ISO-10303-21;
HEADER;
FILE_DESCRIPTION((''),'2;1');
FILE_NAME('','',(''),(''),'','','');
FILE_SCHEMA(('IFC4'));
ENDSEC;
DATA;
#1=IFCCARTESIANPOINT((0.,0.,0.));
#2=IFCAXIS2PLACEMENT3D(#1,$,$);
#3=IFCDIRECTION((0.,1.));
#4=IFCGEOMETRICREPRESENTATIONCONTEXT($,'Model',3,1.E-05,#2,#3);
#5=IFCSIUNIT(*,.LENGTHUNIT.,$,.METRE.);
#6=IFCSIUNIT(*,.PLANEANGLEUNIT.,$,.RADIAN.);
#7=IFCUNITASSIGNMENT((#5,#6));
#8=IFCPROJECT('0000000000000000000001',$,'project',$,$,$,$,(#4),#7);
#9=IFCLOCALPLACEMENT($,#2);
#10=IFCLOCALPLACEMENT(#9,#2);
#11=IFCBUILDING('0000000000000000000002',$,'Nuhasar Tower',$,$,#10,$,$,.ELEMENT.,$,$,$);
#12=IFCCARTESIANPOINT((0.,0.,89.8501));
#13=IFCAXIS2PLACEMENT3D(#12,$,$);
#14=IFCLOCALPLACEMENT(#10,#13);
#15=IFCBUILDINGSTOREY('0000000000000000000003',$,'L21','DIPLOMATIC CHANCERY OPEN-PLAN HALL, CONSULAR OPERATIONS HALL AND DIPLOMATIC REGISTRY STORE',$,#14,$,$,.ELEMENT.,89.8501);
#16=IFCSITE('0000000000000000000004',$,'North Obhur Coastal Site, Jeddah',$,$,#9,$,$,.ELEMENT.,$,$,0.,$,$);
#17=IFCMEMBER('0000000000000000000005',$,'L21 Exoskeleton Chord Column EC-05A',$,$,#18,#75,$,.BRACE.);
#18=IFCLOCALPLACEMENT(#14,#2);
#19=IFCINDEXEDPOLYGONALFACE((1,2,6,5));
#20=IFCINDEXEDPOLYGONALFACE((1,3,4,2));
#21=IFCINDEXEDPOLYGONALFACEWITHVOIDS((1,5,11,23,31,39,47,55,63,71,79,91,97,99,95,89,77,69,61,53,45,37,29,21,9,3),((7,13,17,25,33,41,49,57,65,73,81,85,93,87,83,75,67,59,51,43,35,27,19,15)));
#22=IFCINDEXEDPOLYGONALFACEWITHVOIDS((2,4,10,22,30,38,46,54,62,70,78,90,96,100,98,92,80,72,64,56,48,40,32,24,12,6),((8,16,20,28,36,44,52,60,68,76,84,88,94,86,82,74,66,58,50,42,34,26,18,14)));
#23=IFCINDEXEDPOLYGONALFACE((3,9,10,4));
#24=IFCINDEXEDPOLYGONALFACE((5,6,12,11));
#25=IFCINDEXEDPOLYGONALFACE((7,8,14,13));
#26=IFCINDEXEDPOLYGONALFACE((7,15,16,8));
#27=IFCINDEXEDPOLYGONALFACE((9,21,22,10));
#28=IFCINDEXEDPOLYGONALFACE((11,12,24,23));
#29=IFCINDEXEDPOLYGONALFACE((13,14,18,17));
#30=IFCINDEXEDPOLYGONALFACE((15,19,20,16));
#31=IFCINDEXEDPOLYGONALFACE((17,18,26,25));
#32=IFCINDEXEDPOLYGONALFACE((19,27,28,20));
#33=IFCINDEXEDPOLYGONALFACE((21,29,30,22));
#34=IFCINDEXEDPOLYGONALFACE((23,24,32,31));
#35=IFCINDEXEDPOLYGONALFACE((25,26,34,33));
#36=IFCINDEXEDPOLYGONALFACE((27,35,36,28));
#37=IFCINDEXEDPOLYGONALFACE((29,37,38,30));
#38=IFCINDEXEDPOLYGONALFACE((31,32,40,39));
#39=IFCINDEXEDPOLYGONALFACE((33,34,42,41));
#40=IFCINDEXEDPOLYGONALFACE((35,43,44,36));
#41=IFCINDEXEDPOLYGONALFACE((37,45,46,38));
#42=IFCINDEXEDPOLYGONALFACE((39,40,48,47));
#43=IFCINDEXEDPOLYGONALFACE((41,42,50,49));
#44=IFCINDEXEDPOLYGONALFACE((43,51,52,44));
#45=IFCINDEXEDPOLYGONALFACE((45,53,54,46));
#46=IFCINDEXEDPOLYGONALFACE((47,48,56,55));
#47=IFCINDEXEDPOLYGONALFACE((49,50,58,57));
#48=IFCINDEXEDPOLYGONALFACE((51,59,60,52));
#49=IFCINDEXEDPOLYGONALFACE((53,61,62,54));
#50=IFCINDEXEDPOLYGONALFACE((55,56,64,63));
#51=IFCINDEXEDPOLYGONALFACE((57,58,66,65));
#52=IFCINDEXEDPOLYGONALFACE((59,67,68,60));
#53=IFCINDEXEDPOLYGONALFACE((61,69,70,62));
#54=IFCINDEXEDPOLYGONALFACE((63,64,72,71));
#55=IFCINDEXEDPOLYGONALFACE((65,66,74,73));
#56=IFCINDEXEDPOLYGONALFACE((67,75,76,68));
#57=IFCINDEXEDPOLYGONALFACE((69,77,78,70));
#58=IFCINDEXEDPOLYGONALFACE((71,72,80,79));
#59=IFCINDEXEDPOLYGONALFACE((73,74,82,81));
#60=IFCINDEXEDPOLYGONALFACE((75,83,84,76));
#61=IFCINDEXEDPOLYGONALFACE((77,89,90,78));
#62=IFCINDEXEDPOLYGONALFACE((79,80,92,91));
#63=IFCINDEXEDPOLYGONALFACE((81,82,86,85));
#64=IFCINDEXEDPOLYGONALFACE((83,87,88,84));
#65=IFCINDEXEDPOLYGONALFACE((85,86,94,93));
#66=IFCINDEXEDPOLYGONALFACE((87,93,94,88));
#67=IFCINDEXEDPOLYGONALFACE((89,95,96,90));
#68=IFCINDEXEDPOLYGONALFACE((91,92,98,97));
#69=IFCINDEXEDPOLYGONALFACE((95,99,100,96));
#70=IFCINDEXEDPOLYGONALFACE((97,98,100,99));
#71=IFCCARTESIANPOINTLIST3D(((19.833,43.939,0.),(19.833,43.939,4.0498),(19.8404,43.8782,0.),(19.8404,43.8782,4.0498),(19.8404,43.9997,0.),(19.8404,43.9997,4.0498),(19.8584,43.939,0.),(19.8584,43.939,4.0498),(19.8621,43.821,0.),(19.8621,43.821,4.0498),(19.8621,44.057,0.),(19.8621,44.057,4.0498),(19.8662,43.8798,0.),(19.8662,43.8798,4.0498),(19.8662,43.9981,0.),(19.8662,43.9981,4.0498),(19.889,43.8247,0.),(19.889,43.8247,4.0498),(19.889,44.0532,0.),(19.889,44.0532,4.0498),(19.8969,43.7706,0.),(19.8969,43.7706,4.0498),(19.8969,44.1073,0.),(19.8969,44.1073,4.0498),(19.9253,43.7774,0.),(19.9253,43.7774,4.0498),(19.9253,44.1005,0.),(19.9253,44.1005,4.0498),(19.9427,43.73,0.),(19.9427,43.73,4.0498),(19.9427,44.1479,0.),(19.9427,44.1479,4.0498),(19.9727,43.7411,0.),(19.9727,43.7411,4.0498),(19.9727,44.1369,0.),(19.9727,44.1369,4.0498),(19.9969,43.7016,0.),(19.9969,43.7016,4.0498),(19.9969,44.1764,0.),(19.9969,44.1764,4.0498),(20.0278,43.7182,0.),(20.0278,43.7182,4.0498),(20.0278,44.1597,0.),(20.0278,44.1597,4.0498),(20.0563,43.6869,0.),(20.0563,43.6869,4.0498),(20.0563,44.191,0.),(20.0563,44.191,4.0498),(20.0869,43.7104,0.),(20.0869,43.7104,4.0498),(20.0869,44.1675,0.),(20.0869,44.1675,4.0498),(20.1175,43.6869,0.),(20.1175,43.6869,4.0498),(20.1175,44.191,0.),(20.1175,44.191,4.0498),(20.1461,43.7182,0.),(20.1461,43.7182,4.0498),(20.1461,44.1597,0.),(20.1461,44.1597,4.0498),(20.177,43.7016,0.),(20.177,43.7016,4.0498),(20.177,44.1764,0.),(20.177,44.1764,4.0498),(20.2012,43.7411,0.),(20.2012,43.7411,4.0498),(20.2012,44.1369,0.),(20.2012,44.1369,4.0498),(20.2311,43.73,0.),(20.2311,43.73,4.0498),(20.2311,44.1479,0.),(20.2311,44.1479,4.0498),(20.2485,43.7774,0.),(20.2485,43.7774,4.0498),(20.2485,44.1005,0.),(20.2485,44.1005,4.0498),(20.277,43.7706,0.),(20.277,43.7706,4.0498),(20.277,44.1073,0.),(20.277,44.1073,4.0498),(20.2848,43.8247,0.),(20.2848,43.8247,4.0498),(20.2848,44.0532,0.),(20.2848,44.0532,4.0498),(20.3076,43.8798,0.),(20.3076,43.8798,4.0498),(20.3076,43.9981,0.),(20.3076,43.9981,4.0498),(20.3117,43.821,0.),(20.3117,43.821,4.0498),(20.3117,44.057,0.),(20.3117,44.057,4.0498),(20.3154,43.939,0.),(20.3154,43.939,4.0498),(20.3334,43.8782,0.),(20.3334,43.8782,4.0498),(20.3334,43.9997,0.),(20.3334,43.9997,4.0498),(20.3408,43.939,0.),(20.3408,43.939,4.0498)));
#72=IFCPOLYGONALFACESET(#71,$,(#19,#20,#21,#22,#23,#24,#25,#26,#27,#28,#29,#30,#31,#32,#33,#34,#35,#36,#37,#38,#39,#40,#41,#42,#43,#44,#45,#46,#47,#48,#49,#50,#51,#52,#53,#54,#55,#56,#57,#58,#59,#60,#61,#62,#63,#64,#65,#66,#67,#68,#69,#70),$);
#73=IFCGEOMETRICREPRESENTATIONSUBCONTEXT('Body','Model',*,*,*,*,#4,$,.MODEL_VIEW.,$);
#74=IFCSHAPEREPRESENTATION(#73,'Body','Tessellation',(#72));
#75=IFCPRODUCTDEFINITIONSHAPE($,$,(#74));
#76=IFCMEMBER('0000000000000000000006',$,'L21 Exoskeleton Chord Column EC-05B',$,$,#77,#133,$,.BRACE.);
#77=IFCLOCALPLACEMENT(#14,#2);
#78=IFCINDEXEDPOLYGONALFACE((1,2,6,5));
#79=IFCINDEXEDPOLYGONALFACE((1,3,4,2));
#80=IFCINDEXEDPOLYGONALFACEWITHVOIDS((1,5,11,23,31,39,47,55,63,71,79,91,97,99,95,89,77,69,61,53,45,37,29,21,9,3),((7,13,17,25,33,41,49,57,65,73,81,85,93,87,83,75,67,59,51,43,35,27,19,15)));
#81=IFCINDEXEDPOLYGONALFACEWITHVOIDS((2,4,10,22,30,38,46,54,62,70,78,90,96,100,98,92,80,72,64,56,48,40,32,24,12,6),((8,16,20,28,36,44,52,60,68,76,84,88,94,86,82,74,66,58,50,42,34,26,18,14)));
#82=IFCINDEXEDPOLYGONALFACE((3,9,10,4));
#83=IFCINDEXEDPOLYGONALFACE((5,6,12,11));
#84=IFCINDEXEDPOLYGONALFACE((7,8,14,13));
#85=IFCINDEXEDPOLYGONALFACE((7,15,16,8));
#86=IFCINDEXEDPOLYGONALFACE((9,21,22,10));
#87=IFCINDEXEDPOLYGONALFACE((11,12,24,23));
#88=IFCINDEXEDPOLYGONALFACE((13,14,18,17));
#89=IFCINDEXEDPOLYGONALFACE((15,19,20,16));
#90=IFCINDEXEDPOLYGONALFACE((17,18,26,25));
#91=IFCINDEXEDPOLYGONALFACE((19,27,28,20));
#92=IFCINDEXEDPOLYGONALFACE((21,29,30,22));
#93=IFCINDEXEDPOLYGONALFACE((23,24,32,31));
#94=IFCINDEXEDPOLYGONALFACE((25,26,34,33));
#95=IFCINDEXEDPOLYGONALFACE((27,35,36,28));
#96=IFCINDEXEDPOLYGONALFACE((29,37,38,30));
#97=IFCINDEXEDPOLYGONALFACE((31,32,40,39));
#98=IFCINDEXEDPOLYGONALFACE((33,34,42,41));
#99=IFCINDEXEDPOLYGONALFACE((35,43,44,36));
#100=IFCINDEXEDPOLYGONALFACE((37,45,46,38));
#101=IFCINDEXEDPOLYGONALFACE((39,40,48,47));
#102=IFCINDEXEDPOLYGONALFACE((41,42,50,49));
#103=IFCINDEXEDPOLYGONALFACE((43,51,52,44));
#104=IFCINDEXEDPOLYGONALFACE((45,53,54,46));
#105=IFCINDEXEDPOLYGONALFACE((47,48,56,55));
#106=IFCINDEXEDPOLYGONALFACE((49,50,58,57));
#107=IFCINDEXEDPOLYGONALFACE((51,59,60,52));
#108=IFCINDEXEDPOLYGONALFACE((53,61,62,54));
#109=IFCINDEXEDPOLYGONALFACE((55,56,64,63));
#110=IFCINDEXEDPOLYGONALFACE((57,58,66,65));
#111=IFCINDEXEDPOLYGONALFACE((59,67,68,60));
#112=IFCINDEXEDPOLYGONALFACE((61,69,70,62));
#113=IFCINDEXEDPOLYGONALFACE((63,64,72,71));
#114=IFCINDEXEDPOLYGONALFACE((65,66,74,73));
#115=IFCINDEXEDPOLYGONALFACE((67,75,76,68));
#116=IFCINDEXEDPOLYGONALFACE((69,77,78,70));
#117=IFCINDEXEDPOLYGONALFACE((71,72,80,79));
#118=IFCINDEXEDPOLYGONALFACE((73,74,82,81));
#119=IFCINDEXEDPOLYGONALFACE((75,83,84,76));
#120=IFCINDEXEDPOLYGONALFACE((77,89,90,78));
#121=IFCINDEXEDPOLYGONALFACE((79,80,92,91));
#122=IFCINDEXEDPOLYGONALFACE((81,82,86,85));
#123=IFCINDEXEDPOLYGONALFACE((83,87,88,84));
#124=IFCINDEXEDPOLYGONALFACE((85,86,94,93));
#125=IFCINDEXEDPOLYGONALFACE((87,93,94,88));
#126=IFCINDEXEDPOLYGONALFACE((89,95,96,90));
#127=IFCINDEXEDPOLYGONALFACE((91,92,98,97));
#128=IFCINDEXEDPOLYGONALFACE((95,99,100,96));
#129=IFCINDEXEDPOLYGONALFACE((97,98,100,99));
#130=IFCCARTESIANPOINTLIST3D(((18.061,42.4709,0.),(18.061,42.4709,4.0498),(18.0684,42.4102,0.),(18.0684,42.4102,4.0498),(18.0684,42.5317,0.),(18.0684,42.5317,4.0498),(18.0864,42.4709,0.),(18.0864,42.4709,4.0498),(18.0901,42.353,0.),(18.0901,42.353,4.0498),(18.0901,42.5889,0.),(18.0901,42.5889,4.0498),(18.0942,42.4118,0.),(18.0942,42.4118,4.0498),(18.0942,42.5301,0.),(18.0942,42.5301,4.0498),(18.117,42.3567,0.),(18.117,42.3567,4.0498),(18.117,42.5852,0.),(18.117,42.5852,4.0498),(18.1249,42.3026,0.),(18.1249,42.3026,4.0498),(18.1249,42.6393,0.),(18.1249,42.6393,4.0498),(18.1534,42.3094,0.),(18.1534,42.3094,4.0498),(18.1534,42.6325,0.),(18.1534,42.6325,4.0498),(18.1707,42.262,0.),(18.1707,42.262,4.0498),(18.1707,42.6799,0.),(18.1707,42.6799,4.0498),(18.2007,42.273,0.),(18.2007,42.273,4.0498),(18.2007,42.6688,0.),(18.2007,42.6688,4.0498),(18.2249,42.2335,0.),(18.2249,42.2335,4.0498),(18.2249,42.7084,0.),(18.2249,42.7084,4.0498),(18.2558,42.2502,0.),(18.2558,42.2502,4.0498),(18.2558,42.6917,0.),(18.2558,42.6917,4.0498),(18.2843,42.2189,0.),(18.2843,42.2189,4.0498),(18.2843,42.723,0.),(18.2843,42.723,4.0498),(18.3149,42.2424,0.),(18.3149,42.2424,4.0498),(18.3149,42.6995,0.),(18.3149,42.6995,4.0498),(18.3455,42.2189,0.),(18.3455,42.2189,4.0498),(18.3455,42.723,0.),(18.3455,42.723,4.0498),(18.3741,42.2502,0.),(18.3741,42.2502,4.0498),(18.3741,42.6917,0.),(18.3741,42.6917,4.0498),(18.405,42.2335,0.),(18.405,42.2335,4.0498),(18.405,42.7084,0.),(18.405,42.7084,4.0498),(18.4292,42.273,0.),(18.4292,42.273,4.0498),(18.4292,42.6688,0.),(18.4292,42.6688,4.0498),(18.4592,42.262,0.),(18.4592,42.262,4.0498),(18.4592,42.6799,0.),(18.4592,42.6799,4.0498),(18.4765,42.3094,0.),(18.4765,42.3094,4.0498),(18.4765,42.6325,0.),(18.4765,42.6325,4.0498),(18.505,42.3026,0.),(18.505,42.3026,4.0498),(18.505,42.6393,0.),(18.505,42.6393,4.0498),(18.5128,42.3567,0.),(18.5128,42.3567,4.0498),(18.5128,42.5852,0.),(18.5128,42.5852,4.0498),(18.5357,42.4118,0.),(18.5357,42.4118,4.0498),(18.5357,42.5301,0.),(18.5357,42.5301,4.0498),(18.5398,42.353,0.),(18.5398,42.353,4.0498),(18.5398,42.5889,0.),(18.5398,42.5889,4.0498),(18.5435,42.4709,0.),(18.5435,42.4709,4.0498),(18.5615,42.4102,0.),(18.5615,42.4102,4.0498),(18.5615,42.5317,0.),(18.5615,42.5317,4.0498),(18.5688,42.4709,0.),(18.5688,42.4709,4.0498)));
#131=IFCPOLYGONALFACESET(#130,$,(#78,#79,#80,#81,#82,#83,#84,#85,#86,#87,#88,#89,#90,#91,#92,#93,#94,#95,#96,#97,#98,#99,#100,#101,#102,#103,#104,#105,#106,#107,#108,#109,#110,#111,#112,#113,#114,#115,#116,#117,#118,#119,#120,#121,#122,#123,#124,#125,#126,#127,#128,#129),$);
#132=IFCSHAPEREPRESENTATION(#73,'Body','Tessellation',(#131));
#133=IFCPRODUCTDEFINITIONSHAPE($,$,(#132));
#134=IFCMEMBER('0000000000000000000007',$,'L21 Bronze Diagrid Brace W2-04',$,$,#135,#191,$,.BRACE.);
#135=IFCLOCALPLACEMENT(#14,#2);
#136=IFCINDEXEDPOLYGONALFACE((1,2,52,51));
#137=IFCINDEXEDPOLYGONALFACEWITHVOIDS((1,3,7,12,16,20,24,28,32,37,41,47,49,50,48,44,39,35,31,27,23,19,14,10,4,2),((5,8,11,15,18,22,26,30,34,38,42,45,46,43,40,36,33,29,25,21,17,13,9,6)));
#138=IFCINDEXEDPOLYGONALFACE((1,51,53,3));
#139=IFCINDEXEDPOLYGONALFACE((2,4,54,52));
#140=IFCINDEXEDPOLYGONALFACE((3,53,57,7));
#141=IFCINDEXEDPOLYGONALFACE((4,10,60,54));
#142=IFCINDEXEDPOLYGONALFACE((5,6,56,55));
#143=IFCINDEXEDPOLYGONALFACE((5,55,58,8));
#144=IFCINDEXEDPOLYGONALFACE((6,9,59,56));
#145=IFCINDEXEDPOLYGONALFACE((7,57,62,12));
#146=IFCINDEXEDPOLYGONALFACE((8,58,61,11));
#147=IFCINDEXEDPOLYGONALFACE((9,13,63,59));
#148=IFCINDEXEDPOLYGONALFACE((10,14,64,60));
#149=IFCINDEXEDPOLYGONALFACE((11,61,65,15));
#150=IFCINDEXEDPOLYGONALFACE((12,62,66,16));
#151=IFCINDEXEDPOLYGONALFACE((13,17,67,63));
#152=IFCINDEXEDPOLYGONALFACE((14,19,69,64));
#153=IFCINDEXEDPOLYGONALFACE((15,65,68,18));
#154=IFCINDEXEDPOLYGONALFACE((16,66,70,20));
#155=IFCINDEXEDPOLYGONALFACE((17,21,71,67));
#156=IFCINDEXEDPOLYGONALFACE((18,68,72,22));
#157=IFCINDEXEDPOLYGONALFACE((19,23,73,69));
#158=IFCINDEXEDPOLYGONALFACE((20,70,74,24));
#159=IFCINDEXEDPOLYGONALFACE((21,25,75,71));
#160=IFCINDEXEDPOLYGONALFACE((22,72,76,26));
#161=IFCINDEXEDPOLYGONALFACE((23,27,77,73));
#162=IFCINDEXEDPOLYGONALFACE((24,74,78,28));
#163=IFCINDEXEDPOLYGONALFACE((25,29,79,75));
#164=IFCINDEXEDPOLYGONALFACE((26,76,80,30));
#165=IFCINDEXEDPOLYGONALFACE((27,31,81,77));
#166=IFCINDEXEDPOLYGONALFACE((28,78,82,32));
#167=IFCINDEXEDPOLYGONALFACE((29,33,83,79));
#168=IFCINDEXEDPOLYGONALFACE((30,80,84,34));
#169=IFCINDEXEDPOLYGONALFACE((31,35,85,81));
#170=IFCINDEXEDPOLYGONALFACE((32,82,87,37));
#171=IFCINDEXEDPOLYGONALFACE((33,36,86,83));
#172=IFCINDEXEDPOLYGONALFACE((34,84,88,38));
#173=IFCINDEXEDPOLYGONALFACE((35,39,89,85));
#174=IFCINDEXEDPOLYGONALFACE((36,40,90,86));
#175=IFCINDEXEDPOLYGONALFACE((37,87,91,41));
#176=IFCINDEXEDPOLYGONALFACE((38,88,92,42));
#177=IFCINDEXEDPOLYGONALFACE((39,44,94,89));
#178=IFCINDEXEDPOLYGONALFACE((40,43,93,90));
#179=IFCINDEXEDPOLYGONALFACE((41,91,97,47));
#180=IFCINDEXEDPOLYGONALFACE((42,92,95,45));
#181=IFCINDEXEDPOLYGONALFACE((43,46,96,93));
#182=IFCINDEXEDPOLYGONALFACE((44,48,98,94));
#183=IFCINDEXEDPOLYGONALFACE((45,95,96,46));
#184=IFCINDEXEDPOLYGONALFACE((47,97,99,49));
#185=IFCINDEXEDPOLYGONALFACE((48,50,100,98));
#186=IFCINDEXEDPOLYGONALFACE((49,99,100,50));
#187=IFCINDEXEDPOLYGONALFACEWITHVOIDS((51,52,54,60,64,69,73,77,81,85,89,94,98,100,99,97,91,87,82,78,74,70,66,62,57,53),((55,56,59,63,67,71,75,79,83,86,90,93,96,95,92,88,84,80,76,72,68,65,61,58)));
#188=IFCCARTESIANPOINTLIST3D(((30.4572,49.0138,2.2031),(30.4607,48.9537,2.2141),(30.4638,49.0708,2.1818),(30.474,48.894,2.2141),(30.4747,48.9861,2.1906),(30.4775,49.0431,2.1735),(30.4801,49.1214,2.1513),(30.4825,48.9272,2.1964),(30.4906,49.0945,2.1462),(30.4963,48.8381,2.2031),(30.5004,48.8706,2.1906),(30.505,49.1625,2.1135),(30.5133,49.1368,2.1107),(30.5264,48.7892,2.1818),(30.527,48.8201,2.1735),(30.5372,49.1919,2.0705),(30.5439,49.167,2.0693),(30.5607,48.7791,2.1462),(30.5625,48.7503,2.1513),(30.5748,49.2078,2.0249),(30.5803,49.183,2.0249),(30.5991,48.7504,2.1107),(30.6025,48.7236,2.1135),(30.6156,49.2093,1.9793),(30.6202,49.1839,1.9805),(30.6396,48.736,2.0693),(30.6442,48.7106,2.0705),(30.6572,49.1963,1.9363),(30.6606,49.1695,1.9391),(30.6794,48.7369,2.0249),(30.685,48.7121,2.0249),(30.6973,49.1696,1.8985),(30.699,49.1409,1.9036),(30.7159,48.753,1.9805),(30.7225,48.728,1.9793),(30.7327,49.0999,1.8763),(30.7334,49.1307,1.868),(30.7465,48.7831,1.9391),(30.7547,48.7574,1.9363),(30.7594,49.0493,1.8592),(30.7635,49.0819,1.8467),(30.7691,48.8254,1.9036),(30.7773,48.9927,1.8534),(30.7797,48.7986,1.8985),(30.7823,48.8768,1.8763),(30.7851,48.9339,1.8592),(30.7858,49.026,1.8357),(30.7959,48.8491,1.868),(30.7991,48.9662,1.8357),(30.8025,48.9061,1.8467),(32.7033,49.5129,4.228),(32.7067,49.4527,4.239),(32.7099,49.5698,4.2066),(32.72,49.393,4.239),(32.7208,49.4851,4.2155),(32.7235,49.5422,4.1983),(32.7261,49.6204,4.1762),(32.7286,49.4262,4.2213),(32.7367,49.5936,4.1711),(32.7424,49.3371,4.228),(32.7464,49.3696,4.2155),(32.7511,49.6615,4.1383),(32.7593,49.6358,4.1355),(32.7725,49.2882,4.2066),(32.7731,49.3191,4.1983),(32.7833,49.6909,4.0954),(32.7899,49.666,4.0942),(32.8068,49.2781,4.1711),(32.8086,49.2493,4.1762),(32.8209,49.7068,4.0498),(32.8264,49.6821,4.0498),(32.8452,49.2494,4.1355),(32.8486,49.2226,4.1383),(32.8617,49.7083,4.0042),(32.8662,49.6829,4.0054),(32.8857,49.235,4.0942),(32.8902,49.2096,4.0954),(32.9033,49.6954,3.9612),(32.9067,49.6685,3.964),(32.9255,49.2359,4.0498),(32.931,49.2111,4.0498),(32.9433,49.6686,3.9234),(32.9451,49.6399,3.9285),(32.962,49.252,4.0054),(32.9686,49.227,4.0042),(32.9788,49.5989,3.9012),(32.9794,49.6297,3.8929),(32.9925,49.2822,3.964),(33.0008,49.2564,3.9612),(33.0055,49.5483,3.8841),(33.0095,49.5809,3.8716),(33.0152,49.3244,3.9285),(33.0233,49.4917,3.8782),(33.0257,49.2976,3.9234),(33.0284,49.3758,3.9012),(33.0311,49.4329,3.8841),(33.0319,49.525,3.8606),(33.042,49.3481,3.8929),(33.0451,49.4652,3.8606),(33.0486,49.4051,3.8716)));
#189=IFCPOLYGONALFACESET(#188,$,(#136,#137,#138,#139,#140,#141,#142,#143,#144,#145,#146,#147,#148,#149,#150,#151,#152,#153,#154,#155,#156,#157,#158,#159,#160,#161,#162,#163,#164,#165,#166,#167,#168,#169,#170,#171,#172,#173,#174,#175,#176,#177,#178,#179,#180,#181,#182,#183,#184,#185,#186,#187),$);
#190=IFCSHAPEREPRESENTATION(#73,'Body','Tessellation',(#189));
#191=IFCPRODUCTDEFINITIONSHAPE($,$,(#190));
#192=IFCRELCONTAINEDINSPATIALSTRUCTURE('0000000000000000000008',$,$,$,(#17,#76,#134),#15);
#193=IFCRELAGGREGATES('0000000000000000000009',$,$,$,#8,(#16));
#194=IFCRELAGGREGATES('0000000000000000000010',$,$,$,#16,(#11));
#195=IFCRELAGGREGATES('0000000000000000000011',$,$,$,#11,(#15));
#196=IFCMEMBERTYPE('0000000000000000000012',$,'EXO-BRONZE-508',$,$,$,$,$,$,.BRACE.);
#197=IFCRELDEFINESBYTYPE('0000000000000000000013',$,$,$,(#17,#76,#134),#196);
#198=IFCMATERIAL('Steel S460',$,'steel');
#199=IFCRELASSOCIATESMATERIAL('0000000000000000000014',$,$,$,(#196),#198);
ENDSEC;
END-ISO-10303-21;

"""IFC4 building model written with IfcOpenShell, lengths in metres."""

from ifc_helpers import new_model, si_unit, direction, frame, origin, origin_2d, place, context, subcontext, project, spatial, hollow_circle, extrude, material, material_profile, profile_set, type_object, element, save


model = new_model("IFC4")

# Units and contexts
model_context = context("Model", 3, precision=1e-05, world=origin(), true_north=direction((0.0, 1.0)))
body_context = subcontext(model_context, "Body", "Model", "MODEL_VIEW")
ifc_project = project(units=[si_unit("LENGTHUNIT", "METRE"), si_unit("PLANEANGLEUNIT", "RADIAN")], contexts=[model_context])

# Site, building, storey
site_placement = place(None, origin())
site = spatial("IfcSite", under=ifc_project, at=site_placement, Name="North Obhur Coastal Site, Jeddah", CompositionType="ELEMENT", RefElevation=0.0)
building_placement = place(site_placement, origin())
building = spatial("IfcBuilding", under=site, at=building_placement, Name="Nuhasar Tower", CompositionType="ELEMENT")
storey_placement = place(building_placement, frame((0.0, 0.0, 89.8501)))
storey = spatial("IfcBuildingStorey", under=building, at=storey_placement, Name="L21", Description="DIPLOMATIC CHANCERY OPEN-PLAN HALL, CONSULAR OPERATIONS HALL AND DIPLOMATIC REGISTRY STORE", CompositionType="ELEMENT", Elevation=89.8501)

# Members
ifc_material_1 = material(Name="Steel S460", Category="steel")
ifc_material_profile_1 = material_profile(ifc_material_1, hollow_circle(Radius=0.2539, WallThickness=0.0254, at=origin_2d()), Name="HSS508X25.4")
ifc_profile_set_1 = profile_set([ifc_material_profile_1], Name="Steel S460")
member_type_1 = type_object("IfcMemberType", Name="EXO-BRONZE-508", PredefinedType="BRACE", material=ifc_profile_set_1)
for number, where, z_axis, x_axis, name in (
    (1, (20.0869, 43.939, 0.0), (0.0, 0.0, 1.0), (1.0, 0.0, 0.0), "L21 Exoskeleton Chord Column EC-05A"),
    (2, (18.3149, 42.4709, 0.0), (0.0, 0.0, 1.0), (1.0, 0.0, 0.0), "L21 Exoskeleton Chord Column EC-05B"),
):
    element("IfcMember", number, at=place(storey_placement, frame(where, z_axis=z_axis, x_axis=x_axis)), inside=storey, type_object=member_type_1, Name=name, PredefinedType="BRACE", context=body_context, shape_type="SweptSolid", body=[
        extrude(hollow_circle(Radius=0.2539, WallThickness=0.0254, at=origin_2d()), origin(), (0.0, 0.0, 1.0), 4.0498),
    ])
member_1_placement = place(storey_placement, frame((30.6299, 48.96, 2.0249), z_axis=(0.732821, 0.162814, 0.660654), x_axis=(-0.216886, 0.976197, 0.0)))
element("IfcMember", 3, at=member_1_placement, inside=storey, type_object=member_type_1, Name="L21 Bronze Diagrid Brace W2-04", PredefinedType="BRACE", context=body_context, shape_type="SweptSolid", body=[
    extrude(hollow_circle(Radius=0.2539, WallThickness=0.0254, at=origin_2d()), origin(), (0.0, 0.0, 1.0), 3.0649),
])

save(model, "model.ifc")
